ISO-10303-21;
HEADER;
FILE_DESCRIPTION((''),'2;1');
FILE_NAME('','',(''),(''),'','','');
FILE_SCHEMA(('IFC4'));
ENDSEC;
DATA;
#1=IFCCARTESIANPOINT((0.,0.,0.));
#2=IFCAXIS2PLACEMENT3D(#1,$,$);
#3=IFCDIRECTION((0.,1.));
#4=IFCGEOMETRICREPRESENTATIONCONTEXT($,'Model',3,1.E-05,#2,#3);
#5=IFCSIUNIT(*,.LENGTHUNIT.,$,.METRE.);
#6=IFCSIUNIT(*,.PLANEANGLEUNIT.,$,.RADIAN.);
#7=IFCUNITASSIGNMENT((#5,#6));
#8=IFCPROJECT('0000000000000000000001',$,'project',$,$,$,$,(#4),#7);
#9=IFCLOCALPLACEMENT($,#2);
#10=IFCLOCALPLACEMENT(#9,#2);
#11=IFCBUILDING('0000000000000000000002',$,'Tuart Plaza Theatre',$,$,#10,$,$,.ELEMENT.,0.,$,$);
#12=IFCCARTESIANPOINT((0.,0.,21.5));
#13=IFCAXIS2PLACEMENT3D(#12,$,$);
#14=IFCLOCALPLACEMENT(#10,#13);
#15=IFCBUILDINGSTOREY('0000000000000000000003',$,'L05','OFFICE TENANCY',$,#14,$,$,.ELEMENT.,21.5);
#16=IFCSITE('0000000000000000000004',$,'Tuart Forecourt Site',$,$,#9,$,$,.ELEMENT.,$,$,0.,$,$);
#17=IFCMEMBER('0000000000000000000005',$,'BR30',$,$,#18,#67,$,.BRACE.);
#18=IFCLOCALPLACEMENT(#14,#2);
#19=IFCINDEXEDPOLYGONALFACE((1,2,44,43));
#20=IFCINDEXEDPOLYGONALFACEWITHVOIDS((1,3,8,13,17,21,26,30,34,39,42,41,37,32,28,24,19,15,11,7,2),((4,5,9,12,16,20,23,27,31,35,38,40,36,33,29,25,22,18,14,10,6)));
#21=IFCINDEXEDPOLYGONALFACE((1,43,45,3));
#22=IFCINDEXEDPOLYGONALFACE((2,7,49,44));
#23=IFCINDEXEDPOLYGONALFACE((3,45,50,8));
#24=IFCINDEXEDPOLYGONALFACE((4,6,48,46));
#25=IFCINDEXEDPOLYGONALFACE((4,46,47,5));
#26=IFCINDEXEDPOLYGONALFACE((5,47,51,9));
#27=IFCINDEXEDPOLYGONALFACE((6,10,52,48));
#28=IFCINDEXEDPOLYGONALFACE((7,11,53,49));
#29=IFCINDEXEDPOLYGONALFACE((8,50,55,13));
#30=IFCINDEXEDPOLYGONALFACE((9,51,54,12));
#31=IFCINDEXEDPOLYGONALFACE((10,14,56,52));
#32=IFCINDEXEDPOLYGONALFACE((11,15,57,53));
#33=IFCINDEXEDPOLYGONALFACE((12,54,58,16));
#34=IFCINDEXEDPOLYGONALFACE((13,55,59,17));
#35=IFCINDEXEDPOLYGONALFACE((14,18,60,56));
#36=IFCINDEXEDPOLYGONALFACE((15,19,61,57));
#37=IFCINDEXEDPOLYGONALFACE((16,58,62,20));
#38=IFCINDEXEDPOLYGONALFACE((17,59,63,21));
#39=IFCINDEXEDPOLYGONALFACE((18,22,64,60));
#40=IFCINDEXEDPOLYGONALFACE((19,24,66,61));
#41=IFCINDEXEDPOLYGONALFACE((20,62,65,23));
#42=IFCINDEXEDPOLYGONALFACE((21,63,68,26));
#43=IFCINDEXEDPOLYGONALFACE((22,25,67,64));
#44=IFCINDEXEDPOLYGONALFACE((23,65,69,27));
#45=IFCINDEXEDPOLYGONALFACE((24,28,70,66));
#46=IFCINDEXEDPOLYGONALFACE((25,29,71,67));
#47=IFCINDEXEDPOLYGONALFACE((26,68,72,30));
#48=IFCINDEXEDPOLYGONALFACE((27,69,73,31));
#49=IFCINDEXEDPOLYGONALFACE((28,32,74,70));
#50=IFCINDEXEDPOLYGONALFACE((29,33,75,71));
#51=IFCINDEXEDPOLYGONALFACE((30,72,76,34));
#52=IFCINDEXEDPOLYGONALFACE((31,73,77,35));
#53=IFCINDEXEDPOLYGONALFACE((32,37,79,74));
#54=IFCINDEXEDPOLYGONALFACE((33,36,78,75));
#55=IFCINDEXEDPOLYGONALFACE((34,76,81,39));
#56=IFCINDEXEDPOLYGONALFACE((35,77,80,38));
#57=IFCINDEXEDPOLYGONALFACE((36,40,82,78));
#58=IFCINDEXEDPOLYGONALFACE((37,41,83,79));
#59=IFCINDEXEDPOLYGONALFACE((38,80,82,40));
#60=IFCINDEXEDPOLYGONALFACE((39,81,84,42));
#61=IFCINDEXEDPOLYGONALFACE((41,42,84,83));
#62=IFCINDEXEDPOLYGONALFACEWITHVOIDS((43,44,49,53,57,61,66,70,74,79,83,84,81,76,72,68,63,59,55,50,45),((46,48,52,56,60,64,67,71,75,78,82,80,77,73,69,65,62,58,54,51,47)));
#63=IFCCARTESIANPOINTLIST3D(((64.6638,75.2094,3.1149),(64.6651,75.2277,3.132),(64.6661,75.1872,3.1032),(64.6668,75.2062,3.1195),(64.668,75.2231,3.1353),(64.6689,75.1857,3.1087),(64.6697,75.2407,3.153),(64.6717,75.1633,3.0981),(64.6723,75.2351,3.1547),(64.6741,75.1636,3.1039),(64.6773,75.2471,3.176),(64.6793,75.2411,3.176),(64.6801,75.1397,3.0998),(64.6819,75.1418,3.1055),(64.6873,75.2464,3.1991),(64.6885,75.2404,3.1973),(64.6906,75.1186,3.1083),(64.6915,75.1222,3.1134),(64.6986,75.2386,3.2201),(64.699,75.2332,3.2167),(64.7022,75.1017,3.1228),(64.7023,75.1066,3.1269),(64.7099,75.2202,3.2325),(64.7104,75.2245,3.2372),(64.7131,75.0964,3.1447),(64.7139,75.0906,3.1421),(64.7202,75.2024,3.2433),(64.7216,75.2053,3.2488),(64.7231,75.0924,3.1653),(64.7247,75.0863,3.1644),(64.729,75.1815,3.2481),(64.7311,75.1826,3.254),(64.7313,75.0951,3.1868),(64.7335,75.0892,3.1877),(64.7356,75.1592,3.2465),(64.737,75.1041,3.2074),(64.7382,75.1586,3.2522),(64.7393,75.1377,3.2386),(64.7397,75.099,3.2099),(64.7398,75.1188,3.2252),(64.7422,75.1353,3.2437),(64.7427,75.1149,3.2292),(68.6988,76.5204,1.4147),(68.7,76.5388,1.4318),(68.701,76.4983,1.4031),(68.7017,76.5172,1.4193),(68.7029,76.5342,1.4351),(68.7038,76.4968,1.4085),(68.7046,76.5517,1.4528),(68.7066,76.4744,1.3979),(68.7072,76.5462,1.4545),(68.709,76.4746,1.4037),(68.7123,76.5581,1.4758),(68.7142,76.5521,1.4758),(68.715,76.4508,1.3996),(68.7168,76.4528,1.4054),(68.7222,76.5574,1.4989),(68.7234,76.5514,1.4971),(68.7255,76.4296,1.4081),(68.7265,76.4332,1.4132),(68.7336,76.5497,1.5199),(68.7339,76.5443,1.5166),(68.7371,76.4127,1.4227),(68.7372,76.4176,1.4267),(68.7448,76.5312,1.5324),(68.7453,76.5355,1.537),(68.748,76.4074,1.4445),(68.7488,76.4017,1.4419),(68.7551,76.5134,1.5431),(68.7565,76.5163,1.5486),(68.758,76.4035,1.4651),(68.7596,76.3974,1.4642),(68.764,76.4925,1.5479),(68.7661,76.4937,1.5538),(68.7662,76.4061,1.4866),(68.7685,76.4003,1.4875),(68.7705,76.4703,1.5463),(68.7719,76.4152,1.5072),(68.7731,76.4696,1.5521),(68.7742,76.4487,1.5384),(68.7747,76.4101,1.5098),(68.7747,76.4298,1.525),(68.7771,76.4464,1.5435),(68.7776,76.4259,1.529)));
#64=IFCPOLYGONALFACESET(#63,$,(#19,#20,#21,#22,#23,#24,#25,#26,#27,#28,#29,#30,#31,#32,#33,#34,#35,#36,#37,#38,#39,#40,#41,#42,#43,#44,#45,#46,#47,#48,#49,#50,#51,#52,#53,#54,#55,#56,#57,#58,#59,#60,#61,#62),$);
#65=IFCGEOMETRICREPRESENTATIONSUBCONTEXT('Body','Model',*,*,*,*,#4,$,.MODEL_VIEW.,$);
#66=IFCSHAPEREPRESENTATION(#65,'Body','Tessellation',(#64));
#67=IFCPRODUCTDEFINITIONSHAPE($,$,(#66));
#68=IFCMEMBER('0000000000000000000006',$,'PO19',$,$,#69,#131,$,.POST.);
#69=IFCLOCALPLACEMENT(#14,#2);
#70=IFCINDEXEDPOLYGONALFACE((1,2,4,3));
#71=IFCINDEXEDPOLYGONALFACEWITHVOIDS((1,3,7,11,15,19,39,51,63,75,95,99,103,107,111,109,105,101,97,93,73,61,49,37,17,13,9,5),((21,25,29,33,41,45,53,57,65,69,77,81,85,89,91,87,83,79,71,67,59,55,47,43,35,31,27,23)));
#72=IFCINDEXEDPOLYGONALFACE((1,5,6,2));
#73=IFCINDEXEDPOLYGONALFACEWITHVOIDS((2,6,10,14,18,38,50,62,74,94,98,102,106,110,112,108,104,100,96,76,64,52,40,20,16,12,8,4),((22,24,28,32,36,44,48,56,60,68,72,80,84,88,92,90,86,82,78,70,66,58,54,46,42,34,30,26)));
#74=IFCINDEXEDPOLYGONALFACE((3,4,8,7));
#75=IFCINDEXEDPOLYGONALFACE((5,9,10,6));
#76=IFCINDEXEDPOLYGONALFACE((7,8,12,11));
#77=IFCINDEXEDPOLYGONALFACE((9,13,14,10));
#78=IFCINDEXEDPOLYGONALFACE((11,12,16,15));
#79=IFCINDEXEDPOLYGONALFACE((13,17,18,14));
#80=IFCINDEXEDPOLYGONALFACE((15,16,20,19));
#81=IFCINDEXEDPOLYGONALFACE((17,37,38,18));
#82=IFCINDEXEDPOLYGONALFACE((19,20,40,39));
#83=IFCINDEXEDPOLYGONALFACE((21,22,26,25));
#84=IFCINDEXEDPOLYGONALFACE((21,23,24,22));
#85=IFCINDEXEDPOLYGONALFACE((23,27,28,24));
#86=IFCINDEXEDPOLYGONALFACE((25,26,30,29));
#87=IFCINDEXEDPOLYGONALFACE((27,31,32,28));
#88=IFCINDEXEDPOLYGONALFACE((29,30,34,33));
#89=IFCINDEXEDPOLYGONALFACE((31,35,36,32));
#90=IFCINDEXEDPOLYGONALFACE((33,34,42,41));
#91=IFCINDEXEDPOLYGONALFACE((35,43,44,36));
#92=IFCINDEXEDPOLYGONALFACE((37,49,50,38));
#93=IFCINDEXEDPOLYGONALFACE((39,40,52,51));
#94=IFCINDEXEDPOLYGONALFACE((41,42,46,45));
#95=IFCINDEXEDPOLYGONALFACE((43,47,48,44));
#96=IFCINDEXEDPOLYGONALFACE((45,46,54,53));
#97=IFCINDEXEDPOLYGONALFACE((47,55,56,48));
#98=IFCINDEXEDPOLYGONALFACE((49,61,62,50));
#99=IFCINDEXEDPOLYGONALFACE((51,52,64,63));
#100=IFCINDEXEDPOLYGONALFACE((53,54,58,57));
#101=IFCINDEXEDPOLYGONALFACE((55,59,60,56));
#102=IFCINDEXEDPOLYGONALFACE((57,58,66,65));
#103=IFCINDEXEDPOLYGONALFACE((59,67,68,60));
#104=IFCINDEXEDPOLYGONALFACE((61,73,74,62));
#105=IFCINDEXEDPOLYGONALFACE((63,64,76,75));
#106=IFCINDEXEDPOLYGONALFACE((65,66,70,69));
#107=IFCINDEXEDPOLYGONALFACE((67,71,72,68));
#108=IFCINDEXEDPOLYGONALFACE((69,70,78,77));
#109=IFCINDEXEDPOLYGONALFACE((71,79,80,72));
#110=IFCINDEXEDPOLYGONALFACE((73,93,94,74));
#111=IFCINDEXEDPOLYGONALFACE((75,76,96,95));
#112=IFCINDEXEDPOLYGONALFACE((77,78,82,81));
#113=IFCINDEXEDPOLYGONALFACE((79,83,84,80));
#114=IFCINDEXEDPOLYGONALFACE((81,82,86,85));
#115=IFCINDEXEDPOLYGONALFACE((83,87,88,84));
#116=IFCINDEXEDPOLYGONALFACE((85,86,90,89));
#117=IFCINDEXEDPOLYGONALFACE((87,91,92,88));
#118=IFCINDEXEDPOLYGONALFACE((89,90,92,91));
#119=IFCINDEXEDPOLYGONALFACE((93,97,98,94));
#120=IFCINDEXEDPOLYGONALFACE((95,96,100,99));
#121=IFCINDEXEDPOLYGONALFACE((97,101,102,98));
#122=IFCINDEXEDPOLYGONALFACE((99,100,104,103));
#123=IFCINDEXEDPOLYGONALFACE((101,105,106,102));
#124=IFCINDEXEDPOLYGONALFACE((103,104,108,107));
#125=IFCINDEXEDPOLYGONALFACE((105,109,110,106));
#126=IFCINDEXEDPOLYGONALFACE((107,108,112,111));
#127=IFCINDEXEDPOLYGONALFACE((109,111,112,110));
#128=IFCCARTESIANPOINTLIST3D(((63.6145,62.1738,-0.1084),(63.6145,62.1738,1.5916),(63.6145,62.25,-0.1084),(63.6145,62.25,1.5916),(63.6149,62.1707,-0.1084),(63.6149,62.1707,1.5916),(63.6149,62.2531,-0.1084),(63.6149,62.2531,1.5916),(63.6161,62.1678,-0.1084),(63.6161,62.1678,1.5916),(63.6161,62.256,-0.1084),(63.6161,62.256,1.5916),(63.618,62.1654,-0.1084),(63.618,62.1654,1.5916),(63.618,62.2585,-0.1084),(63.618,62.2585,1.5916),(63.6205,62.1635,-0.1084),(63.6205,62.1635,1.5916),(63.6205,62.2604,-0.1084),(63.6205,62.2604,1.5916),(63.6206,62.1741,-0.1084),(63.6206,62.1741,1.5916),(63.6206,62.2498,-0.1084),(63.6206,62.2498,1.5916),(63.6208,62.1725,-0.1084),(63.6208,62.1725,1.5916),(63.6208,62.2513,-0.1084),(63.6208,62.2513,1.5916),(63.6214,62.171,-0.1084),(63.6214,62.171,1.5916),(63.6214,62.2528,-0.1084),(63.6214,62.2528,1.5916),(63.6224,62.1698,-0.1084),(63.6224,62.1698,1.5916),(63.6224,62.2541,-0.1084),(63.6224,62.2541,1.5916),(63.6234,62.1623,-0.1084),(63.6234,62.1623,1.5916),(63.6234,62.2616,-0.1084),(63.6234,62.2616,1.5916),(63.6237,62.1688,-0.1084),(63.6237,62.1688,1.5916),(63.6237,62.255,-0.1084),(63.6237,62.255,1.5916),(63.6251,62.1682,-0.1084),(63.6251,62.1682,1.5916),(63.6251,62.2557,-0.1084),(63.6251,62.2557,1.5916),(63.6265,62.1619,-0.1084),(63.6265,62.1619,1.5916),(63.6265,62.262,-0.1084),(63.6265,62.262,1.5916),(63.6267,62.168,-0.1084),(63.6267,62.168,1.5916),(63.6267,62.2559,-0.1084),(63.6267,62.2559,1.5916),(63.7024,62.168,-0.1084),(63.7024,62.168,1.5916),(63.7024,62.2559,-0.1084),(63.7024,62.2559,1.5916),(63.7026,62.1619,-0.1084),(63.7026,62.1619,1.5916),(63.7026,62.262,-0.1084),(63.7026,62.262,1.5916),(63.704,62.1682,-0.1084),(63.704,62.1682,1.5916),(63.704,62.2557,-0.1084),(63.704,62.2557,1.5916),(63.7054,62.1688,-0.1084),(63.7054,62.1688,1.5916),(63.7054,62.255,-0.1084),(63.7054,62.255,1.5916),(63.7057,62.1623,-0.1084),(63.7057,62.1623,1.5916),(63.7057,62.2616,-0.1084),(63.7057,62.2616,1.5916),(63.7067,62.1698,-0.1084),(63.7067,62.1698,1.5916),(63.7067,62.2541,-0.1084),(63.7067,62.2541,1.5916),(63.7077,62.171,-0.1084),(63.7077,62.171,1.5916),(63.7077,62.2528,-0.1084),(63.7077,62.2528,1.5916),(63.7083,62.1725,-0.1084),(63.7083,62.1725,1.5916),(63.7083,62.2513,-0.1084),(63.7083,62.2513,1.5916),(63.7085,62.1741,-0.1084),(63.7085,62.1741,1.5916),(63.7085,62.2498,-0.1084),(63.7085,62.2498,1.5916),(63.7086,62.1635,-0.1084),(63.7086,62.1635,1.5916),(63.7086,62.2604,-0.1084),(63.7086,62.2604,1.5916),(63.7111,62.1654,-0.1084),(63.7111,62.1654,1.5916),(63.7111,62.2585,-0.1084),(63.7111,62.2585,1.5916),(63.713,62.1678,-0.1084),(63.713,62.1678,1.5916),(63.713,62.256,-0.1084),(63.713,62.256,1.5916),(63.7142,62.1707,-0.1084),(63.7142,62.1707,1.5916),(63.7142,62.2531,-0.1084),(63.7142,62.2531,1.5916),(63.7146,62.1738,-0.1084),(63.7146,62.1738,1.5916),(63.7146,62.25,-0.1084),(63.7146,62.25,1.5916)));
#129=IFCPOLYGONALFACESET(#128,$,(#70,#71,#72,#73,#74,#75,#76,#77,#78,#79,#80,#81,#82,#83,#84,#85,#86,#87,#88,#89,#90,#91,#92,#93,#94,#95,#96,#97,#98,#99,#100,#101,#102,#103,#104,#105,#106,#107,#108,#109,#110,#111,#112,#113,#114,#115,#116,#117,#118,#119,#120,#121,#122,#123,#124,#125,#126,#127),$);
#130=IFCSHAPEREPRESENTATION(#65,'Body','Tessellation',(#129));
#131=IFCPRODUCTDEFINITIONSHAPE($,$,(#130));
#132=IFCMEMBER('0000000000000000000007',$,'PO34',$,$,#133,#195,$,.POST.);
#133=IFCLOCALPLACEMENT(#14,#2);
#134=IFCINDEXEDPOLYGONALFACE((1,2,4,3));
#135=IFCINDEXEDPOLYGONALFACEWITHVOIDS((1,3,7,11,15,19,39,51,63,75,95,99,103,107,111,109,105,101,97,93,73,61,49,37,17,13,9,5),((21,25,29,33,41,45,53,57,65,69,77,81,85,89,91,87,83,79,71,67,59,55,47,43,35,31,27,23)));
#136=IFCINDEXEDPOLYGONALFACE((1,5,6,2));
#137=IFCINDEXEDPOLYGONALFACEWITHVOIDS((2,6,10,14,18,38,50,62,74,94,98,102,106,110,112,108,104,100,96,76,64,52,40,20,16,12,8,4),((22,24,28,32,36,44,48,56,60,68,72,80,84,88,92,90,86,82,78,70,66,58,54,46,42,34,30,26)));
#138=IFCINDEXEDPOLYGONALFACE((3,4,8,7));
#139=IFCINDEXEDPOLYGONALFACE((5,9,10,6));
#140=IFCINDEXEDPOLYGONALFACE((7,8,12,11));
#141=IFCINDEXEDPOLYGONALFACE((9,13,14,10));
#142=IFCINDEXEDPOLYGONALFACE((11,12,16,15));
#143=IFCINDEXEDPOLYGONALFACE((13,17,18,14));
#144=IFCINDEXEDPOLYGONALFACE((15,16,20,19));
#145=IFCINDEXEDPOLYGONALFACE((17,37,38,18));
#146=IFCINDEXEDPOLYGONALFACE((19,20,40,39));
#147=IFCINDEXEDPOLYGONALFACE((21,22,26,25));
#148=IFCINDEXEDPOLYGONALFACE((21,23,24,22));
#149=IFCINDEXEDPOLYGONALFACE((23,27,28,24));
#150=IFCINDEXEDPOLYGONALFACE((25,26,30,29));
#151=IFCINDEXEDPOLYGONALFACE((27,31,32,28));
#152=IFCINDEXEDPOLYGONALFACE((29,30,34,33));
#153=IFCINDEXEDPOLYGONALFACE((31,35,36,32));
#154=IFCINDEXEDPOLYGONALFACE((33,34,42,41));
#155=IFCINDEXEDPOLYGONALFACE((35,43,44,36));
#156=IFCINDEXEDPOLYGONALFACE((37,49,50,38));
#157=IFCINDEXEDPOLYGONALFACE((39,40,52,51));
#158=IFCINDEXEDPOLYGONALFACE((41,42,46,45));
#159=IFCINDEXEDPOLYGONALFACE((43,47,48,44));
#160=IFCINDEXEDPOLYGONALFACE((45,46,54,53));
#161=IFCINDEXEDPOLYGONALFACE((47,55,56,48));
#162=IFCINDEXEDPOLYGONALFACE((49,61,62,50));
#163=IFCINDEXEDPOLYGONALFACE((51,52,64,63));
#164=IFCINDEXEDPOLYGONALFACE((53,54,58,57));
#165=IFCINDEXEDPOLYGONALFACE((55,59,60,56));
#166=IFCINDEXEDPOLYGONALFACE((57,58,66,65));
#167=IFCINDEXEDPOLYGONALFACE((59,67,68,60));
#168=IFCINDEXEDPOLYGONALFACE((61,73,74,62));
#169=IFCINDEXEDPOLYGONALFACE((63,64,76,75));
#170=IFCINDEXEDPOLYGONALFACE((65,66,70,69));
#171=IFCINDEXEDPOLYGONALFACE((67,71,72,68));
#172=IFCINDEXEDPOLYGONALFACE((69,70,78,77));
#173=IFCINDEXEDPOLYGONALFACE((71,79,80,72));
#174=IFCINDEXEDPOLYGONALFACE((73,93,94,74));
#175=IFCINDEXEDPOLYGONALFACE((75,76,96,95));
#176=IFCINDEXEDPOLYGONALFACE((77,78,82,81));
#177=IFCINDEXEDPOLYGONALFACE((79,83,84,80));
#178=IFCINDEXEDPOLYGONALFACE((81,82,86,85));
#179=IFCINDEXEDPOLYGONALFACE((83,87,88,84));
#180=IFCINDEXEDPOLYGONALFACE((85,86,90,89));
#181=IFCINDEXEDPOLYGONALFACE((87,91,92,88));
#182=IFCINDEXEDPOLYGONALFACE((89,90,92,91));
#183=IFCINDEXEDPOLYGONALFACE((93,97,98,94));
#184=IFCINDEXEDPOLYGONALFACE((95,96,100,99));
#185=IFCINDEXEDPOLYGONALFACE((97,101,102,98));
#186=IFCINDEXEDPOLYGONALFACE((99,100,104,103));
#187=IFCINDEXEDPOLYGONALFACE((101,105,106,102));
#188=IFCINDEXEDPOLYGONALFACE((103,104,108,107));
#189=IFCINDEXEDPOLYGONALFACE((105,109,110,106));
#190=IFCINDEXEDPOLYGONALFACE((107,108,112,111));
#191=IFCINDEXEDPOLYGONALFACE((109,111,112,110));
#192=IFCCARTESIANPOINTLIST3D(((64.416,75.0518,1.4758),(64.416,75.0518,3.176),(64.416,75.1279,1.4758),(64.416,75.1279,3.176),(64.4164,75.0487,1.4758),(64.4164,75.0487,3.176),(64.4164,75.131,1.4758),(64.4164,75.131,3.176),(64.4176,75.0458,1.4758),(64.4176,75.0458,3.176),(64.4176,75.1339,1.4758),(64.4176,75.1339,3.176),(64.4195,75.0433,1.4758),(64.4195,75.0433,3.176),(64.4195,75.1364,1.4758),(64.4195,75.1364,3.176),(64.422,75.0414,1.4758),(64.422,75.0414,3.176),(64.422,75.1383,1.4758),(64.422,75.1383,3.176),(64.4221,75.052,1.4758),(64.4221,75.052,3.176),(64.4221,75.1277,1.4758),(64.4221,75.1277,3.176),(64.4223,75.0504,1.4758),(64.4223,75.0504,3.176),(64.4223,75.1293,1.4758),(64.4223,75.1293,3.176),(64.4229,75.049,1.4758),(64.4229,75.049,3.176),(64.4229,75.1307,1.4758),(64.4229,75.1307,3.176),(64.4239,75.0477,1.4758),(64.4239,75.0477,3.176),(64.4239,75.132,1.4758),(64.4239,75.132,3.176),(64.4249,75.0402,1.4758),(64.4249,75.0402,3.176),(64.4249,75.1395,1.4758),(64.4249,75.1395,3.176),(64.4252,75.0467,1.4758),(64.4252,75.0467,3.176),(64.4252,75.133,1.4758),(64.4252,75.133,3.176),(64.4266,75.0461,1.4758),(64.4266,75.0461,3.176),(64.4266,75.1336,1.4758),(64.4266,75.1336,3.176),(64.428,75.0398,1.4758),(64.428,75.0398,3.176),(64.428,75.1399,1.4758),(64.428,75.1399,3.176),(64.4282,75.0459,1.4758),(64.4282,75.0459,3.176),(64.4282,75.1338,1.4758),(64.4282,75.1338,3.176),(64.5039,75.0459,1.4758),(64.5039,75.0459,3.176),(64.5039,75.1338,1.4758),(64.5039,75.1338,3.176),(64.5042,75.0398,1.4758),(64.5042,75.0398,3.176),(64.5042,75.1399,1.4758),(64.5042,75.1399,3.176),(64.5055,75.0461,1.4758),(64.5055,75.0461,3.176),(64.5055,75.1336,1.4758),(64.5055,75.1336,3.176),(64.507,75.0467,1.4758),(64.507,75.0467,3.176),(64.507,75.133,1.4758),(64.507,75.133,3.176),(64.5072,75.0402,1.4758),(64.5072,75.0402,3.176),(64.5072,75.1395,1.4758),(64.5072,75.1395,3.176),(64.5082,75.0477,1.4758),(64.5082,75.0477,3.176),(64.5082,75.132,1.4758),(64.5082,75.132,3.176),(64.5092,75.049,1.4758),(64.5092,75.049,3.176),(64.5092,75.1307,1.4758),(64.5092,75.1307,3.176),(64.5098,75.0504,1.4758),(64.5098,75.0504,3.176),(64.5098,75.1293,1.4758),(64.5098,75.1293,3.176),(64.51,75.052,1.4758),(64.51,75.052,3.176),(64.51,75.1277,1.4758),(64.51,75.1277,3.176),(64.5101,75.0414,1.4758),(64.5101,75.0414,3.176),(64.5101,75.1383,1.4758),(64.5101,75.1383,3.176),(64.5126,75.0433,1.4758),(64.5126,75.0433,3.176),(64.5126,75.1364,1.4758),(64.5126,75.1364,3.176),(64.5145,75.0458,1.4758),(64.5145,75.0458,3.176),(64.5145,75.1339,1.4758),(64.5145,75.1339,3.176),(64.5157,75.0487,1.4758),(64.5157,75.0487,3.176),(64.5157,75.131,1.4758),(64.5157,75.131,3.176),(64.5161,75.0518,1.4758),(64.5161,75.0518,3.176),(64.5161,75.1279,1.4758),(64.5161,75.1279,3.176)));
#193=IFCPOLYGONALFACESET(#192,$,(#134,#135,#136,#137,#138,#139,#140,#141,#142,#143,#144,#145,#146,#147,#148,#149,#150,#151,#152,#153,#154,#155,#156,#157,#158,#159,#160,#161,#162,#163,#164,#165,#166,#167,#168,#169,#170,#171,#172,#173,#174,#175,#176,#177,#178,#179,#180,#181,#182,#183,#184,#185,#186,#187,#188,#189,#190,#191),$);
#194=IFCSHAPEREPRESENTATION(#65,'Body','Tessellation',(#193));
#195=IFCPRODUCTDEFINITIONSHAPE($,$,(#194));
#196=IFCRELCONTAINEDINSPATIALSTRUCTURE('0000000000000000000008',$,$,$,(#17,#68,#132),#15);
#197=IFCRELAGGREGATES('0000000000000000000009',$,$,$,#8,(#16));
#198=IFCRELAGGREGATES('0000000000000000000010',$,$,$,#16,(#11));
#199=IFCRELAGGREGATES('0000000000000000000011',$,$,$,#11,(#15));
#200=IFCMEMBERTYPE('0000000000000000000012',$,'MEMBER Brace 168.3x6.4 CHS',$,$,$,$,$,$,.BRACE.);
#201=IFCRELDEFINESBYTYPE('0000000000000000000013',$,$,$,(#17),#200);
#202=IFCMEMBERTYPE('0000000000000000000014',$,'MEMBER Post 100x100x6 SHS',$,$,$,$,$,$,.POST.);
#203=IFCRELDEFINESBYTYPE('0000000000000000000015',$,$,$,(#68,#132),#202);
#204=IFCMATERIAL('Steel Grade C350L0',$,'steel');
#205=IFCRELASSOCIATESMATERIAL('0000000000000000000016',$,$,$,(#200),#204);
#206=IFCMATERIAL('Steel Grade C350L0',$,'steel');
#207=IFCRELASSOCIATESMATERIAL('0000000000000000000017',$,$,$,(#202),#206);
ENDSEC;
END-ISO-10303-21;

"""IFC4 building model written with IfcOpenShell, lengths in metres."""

from ifc_helpers import new_model, si_unit, direction, frame, origin, origin_2d, place, context, subcontext, project, spatial, hollow_rectangle, hollow_circle, extrude, material, material_profile, profile_set, type_object, element, save


model = new_model("IFC4")

# Units and contexts
model_context = context("Model", 3, precision=1e-05, world=origin(), true_north=direction((0.0, 1.0)))
body_context = subcontext(model_context, "Body", "Model", "MODEL_VIEW")
ifc_project = project(units=[si_unit("LENGTHUNIT", "METRE"), si_unit("PLANEANGLEUNIT", "RADIAN")], contexts=[model_context])

# Site, building, storey
site_placement = place(None, origin())
site = spatial("IfcSite", under=ifc_project, at=site_placement, Name="Tuart Forecourt Site", CompositionType="ELEMENT", RefElevation=0.0)
building_placement = place(site_placement, origin())
building = spatial("IfcBuilding", under=site, at=building_placement, Name="Tuart Plaza Theatre", CompositionType="ELEMENT", ElevationOfRefHeight=0.0)
storey_placement = place(building_placement, frame((0.0, 0.0, 21.5)))
storey = spatial("IfcBuildingStorey", under=building, at=storey_placement, Name="L05", Description="OFFICE TENANCY", CompositionType="ELEMENT", Elevation=21.5)

# Members
ifc_material_1 = material(Name="Steel Grade C350L0", Category="steel")
ifc_material_profile_1 = material_profile(ifc_material_1, hollow_circle(Radius=0.0842, WallThickness=0.0063, at=origin_2d()), Name="168.3x6.4 CHS")
ifc_profile_set_1 = profile_set([ifc_material_profile_1], Name="Steel Grade C350L0")
member_type_1 = type_object("IfcMemberType", Name="MEMBER Brace 168.3x6.4 CHS", PredefinedType="BRACE", material=ifc_profile_set_1)
for number, where, z_axis, x_axis, name in (
    (1, (64.7034, 75.167, 3.176), (0.882805, 0.286844, -0.371989), (-0.30902, 0.951056, 0.0), "BR30"),
):
    element("IfcMember", number, at=place(storey_placement, frame(where, z_axis=z_axis, x_axis=x_axis)), inside=storey, type_object=member_type_1, Name=name, PredefinedType="BRACE", context=body_context, shape_type="SweptSolid", body=[
        extrude(hollow_circle(Radius=0.0842, WallThickness=0.0063, at=origin_2d()), origin(), (0.0, 0.0, 1.0), 4.5706),
    ])
ifc_material_2 = material(Name="Steel Grade C350L0", Category="steel")
ifc_material_profile_2 = material_profile(ifc_material_2, hollow_rectangle(XDim=0.1001, YDim=0.1001, WallThickness=0.0061, InnerFilletRadius=0.0061, OuterFilletRadius=0.012, at=origin_2d()), Name="100x100x6 SHS")
ifc_profile_set_2 = profile_set([ifc_material_profile_2], Name="Steel Grade C350L0")
member_type_2 = type_object("IfcMemberType", Name="MEMBER Post 100x100x6 SHS", PredefinedType="POST", material=ifc_profile_set_2)
member_1_placement = place(storey_placement, frame((63.6646, 62.2119, -0.1084), z_axis=(0.0, 0.0, 1.0), x_axis=(1.0, 0.0, 0.0)))
element("IfcMember", 2, at=member_1_placement, inside=storey, type_object=member_type_2, Name="PO19", PredefinedType="POST", context=body_context, shape_type="SweptSolid", body=[
    extrude(hollow_rectangle(XDim=0.1001, YDim=0.1001, WallThickness=0.0061, InnerFilletRadius=0.0061, OuterFilletRadius=0.012, at=origin_2d()), origin(), (0.0, 0.0, 1.0), 1.7),
])
member_2_placement = place(storey_placement, frame((64.4661, 75.0898, 1.4758), z_axis=(0.0, 0.0, 1.0), x_axis=(1.0, 0.0, 0.0)))
element("IfcMember", 3, at=member_2_placement, inside=storey, type_object=member_type_2, Name="PO34", PredefinedType="POST", context=body_context, shape_type="SweptSolid", body=[
    extrude(hollow_rectangle(XDim=0.1001, YDim=0.1001, WallThickness=0.0061, InnerFilletRadius=0.0061, OuterFilletRadius=0.012, at=origin_2d()), origin(), (0.0, 0.0, 1.0), 1.7002),
])

save(model, "model.ifc")
